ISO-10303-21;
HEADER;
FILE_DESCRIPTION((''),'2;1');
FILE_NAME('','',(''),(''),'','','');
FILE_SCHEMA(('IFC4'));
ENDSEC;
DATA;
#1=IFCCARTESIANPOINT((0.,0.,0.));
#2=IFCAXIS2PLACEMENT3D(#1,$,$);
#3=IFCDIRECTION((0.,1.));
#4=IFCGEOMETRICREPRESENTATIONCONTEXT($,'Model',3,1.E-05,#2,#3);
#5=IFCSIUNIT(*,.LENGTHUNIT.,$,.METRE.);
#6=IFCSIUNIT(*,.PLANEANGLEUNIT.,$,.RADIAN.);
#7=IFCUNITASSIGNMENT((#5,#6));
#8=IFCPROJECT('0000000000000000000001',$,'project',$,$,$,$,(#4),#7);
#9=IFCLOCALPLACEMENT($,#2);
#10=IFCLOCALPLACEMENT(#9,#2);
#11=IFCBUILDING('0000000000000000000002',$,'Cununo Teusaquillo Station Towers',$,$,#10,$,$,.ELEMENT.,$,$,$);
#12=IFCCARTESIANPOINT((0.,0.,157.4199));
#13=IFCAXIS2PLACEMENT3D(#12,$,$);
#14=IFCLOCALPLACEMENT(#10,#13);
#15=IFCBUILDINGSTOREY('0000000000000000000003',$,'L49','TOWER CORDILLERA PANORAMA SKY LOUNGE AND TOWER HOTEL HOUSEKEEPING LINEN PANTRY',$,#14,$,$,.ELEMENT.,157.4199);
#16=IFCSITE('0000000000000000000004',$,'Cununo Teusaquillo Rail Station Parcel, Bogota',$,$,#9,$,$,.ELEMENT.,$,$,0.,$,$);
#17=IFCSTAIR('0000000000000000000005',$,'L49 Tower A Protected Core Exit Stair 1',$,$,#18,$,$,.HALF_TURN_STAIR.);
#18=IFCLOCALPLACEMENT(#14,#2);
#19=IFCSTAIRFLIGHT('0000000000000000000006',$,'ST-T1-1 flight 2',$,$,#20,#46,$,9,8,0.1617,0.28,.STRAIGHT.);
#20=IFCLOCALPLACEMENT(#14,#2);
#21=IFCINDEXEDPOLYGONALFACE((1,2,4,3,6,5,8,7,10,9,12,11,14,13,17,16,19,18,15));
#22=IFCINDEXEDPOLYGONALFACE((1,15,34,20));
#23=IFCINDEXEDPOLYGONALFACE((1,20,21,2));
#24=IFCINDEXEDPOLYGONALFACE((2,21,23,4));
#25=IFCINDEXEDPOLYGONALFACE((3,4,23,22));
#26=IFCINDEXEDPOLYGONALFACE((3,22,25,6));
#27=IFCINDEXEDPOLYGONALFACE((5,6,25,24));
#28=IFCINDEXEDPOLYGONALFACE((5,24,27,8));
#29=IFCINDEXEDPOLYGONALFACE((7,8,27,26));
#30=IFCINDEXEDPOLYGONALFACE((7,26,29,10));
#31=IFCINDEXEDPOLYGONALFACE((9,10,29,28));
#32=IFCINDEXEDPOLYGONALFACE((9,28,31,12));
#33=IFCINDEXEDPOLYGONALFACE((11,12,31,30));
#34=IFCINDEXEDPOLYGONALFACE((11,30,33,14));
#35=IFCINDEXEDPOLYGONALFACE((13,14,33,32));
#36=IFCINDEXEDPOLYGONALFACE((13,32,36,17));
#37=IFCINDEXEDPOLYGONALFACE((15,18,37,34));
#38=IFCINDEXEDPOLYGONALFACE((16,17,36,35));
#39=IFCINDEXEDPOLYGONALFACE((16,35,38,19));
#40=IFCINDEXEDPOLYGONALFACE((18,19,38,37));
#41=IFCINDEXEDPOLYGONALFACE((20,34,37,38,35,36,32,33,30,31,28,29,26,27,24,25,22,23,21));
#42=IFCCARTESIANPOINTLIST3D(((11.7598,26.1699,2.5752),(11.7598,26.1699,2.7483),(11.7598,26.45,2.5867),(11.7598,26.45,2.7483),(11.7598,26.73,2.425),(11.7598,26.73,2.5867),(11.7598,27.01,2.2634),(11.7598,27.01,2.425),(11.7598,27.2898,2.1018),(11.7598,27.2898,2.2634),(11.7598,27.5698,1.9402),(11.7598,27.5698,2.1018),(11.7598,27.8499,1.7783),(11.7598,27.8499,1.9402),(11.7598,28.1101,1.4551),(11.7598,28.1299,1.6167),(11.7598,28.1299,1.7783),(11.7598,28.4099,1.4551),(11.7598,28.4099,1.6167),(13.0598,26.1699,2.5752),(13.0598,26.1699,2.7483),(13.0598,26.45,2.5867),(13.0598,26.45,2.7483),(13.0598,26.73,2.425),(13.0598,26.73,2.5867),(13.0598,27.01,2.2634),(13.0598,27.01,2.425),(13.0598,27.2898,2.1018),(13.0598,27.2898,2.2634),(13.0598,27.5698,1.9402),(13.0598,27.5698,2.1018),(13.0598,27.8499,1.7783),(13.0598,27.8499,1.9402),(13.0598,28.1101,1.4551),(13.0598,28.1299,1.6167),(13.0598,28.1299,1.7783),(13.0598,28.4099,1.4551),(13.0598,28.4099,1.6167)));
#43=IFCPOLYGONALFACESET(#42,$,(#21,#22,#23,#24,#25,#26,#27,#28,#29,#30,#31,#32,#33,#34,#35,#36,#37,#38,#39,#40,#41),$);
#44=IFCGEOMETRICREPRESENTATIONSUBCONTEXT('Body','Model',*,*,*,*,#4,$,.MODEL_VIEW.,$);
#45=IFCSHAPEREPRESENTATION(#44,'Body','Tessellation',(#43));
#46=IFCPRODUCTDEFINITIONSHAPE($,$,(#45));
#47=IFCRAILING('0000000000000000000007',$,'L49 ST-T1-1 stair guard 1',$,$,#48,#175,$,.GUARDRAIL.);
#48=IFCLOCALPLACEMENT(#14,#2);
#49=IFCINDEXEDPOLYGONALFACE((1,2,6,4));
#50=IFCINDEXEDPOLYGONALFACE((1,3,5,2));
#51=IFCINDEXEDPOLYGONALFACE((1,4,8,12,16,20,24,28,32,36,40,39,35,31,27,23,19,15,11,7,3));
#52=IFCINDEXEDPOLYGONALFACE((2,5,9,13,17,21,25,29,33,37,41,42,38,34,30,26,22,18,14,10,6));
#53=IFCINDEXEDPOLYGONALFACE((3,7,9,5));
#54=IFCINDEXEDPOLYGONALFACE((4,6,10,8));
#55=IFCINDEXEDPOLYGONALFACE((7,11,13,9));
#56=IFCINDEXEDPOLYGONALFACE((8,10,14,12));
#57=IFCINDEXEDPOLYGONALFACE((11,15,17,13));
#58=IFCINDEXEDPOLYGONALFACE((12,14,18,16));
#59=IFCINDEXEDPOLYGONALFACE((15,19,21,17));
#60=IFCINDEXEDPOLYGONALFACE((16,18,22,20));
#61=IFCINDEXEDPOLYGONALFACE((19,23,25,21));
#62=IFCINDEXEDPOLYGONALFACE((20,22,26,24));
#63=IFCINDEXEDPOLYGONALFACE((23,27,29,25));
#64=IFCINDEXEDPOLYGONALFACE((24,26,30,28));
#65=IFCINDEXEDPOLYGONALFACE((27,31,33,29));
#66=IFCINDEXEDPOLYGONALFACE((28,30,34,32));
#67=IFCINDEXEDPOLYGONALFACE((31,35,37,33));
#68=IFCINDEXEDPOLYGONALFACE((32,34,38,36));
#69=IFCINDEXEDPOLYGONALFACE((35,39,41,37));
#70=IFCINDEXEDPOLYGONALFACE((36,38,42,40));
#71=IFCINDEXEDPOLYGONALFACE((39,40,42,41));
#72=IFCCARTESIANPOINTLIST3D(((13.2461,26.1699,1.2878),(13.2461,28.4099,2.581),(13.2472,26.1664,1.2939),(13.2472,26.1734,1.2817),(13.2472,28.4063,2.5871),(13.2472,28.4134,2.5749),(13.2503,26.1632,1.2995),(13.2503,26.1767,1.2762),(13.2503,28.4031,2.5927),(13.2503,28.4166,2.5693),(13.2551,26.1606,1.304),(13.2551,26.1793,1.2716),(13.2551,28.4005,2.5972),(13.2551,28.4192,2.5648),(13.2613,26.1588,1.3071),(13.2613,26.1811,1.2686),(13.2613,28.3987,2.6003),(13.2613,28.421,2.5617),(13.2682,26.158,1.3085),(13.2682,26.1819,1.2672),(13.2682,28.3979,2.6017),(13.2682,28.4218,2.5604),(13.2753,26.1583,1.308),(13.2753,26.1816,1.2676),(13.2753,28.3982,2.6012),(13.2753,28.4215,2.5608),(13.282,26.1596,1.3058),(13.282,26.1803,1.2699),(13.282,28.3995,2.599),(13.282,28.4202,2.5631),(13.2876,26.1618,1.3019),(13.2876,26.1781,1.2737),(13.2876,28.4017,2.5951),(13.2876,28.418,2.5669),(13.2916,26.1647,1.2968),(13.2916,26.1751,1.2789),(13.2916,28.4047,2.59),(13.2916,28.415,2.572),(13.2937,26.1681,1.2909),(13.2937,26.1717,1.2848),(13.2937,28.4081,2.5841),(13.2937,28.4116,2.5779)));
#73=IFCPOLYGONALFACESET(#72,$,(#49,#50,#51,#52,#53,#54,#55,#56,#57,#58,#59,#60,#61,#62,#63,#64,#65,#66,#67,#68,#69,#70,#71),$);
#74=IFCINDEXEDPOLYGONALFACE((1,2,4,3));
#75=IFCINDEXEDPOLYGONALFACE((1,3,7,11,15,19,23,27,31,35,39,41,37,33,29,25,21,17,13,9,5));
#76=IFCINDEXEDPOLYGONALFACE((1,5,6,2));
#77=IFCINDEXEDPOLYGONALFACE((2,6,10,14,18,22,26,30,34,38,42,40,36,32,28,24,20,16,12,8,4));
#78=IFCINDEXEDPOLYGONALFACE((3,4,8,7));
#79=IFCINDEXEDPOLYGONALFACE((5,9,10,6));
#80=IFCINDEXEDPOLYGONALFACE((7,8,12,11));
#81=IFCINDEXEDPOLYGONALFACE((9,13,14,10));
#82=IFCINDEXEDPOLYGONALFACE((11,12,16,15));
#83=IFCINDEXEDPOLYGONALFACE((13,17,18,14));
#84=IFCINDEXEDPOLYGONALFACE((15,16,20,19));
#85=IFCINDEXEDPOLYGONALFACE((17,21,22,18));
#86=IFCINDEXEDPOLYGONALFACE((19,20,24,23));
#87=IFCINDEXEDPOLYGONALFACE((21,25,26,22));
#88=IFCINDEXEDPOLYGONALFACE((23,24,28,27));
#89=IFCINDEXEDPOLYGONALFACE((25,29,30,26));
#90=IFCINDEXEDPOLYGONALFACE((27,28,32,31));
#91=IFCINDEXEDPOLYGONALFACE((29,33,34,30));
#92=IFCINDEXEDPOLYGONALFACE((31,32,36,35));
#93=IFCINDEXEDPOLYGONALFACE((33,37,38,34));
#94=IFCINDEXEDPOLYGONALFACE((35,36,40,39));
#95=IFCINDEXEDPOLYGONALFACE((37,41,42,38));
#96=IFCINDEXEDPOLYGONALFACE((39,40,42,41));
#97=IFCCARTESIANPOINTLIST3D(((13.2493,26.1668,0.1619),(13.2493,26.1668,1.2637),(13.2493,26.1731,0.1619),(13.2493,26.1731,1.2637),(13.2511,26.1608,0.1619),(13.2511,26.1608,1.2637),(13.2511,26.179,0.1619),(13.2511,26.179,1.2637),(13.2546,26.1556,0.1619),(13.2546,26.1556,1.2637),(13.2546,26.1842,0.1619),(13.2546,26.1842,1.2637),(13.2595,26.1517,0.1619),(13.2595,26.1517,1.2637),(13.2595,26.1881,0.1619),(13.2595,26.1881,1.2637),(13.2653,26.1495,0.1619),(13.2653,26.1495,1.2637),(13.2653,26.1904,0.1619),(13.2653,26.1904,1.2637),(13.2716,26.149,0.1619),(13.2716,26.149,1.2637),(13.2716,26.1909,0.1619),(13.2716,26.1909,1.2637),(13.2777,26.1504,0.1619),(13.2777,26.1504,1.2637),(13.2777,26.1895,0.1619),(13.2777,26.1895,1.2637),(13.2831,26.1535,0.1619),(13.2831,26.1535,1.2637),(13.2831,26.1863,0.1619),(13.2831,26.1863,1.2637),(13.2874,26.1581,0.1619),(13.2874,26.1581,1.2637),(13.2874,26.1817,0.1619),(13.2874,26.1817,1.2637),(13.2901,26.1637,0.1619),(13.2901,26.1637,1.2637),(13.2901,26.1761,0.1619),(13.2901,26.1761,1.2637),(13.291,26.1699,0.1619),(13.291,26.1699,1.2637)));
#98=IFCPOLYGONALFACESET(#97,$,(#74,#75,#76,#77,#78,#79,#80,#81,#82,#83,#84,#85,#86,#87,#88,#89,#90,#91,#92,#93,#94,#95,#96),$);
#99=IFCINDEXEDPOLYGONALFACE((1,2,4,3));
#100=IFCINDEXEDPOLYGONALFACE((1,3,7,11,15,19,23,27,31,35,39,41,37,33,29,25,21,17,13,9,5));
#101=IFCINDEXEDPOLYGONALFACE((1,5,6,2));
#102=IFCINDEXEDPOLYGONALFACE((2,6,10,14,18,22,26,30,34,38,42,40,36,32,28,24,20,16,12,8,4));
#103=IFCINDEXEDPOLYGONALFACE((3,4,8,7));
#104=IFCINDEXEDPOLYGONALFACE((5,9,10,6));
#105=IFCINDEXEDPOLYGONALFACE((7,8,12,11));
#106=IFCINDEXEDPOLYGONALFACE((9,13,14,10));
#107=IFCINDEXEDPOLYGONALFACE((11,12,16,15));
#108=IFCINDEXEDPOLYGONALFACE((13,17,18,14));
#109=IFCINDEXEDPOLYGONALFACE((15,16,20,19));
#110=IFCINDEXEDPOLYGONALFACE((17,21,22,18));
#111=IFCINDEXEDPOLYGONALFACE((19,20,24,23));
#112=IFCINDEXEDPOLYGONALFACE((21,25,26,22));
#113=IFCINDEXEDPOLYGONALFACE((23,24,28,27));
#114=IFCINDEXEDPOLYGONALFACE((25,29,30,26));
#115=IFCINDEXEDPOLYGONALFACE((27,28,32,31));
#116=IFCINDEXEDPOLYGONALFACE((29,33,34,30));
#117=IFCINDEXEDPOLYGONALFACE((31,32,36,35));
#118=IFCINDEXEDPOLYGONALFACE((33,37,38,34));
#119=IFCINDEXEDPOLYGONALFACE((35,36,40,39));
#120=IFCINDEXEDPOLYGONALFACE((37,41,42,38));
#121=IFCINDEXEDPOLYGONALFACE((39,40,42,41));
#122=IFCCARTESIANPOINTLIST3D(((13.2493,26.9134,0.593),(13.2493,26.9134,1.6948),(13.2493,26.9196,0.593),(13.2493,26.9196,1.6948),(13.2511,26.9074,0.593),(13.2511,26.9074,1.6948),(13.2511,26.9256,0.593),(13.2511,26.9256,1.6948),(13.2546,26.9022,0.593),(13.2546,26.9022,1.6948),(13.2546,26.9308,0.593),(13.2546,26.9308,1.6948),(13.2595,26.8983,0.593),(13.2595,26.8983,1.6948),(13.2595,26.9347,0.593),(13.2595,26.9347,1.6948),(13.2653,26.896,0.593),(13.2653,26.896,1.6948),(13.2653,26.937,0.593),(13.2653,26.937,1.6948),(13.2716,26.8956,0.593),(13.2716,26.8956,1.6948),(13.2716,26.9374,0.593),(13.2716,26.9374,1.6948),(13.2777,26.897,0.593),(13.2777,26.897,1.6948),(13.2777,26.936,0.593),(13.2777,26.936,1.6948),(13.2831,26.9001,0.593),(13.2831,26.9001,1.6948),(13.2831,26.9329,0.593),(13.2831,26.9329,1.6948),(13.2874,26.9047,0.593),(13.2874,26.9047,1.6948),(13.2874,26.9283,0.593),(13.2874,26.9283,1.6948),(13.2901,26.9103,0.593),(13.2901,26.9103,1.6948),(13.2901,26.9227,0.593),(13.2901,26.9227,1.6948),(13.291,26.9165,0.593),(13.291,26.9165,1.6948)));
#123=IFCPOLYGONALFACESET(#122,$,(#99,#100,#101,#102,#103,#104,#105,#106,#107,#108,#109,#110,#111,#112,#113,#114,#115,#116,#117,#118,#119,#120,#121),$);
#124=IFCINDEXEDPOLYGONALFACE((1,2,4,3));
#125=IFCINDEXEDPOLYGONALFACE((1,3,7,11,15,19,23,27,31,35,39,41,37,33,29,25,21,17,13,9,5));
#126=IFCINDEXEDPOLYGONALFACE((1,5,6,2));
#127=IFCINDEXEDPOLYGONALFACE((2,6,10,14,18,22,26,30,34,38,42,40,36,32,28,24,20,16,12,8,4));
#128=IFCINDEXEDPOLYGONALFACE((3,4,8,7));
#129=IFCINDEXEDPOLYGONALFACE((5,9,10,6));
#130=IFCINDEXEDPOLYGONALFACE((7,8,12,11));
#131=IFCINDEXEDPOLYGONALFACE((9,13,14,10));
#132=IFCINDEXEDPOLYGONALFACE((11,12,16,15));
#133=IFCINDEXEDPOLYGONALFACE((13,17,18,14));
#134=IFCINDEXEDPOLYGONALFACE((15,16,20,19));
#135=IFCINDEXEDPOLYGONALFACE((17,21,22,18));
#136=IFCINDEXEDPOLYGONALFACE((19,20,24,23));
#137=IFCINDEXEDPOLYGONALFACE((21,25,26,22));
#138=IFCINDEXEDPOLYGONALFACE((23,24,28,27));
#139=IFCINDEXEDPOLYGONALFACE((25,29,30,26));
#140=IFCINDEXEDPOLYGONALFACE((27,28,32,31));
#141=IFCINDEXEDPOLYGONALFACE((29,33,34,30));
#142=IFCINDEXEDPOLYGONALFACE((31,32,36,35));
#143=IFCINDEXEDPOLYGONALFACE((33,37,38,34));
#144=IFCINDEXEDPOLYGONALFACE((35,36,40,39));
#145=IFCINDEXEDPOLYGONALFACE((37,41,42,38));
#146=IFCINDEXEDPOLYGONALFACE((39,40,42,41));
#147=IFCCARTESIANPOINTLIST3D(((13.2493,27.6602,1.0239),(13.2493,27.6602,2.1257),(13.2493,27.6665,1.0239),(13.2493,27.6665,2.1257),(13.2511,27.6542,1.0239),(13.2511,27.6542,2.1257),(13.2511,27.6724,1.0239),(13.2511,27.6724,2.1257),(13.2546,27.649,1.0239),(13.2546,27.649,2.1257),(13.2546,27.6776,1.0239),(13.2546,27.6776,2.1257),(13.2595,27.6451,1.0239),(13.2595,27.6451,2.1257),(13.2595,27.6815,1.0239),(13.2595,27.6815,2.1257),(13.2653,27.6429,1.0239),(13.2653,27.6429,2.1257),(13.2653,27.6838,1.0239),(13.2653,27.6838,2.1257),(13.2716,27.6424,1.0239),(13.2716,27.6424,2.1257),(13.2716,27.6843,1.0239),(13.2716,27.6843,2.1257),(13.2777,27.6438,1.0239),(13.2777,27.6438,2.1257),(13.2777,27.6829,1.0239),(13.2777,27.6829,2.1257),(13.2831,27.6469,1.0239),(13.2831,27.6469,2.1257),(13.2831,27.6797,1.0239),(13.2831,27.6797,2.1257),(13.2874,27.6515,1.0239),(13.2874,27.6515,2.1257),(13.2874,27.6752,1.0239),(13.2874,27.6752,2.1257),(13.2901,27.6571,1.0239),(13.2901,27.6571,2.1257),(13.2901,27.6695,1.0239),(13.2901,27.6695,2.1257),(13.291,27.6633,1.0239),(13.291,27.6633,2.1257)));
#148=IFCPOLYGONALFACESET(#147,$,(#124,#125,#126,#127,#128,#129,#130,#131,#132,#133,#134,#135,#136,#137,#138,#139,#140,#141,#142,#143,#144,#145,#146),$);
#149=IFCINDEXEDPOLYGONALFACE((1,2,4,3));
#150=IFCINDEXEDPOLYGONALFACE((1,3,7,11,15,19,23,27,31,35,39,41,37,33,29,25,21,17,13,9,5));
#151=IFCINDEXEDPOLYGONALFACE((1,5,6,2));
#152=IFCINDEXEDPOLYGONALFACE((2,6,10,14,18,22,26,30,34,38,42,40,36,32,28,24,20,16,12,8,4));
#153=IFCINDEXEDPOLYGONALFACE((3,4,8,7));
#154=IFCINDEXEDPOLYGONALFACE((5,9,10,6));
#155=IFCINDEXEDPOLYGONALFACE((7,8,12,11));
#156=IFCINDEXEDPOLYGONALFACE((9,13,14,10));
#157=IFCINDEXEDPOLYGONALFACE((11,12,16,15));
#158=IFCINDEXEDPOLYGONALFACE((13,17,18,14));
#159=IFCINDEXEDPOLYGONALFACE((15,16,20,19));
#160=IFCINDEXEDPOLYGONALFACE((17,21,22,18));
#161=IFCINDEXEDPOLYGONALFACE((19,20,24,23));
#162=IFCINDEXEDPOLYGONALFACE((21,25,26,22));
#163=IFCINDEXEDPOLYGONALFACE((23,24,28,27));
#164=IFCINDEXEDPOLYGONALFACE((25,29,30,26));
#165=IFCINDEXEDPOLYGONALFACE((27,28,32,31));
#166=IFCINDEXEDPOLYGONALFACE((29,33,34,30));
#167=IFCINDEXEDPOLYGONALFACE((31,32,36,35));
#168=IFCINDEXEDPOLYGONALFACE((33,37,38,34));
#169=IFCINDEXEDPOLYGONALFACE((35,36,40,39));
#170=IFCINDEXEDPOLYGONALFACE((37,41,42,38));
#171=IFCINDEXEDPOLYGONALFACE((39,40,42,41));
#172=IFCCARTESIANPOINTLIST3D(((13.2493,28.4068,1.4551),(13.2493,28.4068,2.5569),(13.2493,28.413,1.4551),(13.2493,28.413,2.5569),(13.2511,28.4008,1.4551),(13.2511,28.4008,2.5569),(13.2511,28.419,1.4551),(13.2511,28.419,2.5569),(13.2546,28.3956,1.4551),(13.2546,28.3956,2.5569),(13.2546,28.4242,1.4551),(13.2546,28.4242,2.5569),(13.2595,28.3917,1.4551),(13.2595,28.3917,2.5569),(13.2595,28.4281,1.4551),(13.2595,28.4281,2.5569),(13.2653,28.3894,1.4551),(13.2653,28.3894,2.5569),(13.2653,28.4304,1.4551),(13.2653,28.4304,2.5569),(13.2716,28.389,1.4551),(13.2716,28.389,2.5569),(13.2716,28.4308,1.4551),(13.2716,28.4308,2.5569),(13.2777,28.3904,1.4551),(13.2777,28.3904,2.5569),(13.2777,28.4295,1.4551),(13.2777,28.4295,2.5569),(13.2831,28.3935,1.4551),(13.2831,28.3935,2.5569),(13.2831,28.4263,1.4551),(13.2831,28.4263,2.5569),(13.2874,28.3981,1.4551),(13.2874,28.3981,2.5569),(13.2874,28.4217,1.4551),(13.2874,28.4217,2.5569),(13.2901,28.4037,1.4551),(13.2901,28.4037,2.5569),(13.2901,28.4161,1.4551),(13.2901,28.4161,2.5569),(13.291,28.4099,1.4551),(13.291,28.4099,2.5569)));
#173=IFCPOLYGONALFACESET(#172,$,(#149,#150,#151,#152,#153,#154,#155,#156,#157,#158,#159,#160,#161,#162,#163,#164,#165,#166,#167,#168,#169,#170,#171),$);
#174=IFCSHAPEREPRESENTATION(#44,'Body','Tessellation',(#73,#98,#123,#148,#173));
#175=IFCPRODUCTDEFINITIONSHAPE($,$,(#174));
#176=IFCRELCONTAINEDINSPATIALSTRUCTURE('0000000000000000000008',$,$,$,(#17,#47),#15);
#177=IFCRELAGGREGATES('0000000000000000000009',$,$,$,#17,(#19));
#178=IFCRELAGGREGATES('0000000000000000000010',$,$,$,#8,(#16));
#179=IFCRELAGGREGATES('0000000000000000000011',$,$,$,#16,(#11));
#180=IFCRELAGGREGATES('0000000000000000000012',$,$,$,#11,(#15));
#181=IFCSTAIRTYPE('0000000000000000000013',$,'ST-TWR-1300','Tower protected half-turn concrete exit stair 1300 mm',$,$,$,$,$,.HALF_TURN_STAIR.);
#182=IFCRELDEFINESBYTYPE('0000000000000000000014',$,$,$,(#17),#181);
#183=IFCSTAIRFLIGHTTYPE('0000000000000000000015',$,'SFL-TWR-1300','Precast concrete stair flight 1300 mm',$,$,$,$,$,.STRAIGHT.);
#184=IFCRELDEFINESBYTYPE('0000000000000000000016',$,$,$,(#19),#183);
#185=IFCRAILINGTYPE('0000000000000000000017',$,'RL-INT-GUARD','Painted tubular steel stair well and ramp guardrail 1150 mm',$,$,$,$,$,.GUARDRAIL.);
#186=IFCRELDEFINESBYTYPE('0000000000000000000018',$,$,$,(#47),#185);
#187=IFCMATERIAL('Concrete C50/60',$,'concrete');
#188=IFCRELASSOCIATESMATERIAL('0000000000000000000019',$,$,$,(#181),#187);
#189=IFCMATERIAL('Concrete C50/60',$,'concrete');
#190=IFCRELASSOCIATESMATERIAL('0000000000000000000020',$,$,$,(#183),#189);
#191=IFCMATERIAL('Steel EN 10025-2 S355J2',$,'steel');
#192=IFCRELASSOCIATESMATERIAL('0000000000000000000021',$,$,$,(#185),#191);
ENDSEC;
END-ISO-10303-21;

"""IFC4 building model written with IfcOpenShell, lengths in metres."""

from ifc_helpers import new_model, si_unit, direction, frame, origin, origin_2d, place, context, subcontext, project, spatial, polyline, circle, outline, extrude, material, type_object, element, aggregate, save


model = new_model("IFC4")

# Units and contexts
model_context = context("Model", 3, precision=1e-05, world=origin(), true_north=direction((0.0, 1.0)))
body_context = subcontext(model_context, "Body", "Model", "MODEL_VIEW")
ifc_project = project(units=[si_unit("LENGTHUNIT", "METRE"), si_unit("PLANEANGLEUNIT", "RADIAN")], contexts=[model_context])

# Site, building, storey
site_placement = place(None, origin())
site = spatial("IfcSite", under=ifc_project, at=site_placement, Name="Cununo Teusaquillo Rail Station Parcel, Bogota", CompositionType="ELEMENT", RefElevation=0.0)
building_placement = place(site_placement, origin())
building = spatial("IfcBuilding", under=site, at=building_placement, Name="Cununo Teusaquillo Station Towers", CompositionType="ELEMENT")
storey_placement = place(building_placement, frame((0.0, 0.0, 157.4199)))
storey = spatial("IfcBuildingStorey", under=building, at=storey_placement, Name="L49", Description="TOWER CORDILLERA PANORAMA SKY LOUNGE AND TOWER HOTEL HOUSEKEEPING LINEN PANTRY", CompositionType="ELEMENT", Elevation=157.4199)

# Stair, stair flight
ifc_material_1 = material(Name="Concrete C50/60", Category="concrete")
stair_type = type_object("IfcStairType", Name="ST-TWR-1300", Description="Tower protected half-turn concrete exit stair 1300 mm", PredefinedType="HALF_TURN_STAIR", material=ifc_material_1)
stair_placement = place(storey_placement, origin())
stair = element("IfcStair", 1, at=stair_placement, inside=storey, type_object=stair_type, Name="L49 Tower A Protected Core Exit Stair 1", PredefinedType="HALF_TURN_STAIR")
ifc_material_2 = material(Name="Concrete C50/60", Category="concrete")
stair_flight_type = type_object("IfcStairFlightType", Name="SFL-TWR-1300", Description="Precast concrete stair flight 1300 mm", PredefinedType="STRAIGHT", material=ifc_material_2)
stair_flight_1_placement = place(storey_placement, frame((12.4099, 28.4099, 1.4551), z_axis=(0.0, 0.0, 1.0), x_axis=(0.0, -1.0, 0.0)))
stair_flight_1 = element("IfcStairFlight", 2, at=stair_flight_1_placement, type_object=stair_flight_type, Name="ST-T1-1 flight 2", NumberOfRisers=9, NumberOfTreads=8, PredefinedType="STRAIGHT", RiserHeight=0.1617, TreadLength=0.28, context=body_context, shape_type="SweptSolid", body=[
    extrude(outline(polyline([(0.0, 0.0), (0.0, 0.1616), (0.28, 0.1616), (0.28, 0.3232), (0.5601, 0.3232), (0.5601, 0.4851), (0.8401, 0.4851), (0.8401, 0.6467), (1.1201, 0.6467), (1.1201, 0.8083), (1.3999, 0.8083), (1.3999, 0.97), (1.6799, 0.97), (1.6799, 1.1316), (1.96, 1.1316), (1.96, 1.2932), (2.24, 1.2932), (2.24, 1.4551), (2.24, 1.1201), (0.2998, 0.0), (0.0, 0.0)])), frame((0.0, 0.6499, 0.0), z_axis=(0.0, -1.0, 0.0), x_axis=(1.0, 0.0, 0.0)), (0.0, 0.0, 1.0), 1.3),
])
aggregate(stair, [stair_flight_1])

# Railing
ifc_material_3 = material(Name="Steel EN 10025-2 S355J2", Category="steel")
railing_type_1 = type_object("IfcRailingType", Name="RL-INT-GUARD", Description="Painted tubular steel stair well and ramp guardrail 1150 mm", PredefinedType="GUARDRAIL", material=ifc_material_3)
railing_1_placement = place(storey_placement, frame((13.27, 26.1699, 0.1619)))
element("IfcRailing", 3, at=railing_1_placement, inside=storey, type_object=railing_type_1, Name="L49 ST-T1-1 stair guard 1", PredefinedType="GUARDRAIL", context=body_context, shape_type="SweptSolid", body=[
    extrude(circle(Radius=0.0239, at=origin_2d()), frame((0.0, 0.0, 1.126), z_axis=(0.0, 0.866033, 0.499987), x_axis=(-1.0, 0.0, 0.0)), (0.0, 0.0, 1.0), 2.5864),
    extrude(circle(Radius=0.021, at=origin_2d()), origin(), (0.0, 0.0, 1.0), 1.1018),
    extrude(circle(Radius=0.021, at=origin_2d()), frame((0.0, 0.7466, 0.4312)), (0.0, 0.0, 1.0), 1.1018),
    extrude(circle(Radius=0.021, at=origin_2d()), frame((0.0, 1.4934, 0.8621)), (0.0, 0.0, 1.0), 1.1018),
    extrude(circle(Radius=0.021, at=origin_2d()), frame((0.0, 2.24, 1.2932)), (0.0, 0.0, 1.0), 1.1018),
])

save(model, "model.ifc")
